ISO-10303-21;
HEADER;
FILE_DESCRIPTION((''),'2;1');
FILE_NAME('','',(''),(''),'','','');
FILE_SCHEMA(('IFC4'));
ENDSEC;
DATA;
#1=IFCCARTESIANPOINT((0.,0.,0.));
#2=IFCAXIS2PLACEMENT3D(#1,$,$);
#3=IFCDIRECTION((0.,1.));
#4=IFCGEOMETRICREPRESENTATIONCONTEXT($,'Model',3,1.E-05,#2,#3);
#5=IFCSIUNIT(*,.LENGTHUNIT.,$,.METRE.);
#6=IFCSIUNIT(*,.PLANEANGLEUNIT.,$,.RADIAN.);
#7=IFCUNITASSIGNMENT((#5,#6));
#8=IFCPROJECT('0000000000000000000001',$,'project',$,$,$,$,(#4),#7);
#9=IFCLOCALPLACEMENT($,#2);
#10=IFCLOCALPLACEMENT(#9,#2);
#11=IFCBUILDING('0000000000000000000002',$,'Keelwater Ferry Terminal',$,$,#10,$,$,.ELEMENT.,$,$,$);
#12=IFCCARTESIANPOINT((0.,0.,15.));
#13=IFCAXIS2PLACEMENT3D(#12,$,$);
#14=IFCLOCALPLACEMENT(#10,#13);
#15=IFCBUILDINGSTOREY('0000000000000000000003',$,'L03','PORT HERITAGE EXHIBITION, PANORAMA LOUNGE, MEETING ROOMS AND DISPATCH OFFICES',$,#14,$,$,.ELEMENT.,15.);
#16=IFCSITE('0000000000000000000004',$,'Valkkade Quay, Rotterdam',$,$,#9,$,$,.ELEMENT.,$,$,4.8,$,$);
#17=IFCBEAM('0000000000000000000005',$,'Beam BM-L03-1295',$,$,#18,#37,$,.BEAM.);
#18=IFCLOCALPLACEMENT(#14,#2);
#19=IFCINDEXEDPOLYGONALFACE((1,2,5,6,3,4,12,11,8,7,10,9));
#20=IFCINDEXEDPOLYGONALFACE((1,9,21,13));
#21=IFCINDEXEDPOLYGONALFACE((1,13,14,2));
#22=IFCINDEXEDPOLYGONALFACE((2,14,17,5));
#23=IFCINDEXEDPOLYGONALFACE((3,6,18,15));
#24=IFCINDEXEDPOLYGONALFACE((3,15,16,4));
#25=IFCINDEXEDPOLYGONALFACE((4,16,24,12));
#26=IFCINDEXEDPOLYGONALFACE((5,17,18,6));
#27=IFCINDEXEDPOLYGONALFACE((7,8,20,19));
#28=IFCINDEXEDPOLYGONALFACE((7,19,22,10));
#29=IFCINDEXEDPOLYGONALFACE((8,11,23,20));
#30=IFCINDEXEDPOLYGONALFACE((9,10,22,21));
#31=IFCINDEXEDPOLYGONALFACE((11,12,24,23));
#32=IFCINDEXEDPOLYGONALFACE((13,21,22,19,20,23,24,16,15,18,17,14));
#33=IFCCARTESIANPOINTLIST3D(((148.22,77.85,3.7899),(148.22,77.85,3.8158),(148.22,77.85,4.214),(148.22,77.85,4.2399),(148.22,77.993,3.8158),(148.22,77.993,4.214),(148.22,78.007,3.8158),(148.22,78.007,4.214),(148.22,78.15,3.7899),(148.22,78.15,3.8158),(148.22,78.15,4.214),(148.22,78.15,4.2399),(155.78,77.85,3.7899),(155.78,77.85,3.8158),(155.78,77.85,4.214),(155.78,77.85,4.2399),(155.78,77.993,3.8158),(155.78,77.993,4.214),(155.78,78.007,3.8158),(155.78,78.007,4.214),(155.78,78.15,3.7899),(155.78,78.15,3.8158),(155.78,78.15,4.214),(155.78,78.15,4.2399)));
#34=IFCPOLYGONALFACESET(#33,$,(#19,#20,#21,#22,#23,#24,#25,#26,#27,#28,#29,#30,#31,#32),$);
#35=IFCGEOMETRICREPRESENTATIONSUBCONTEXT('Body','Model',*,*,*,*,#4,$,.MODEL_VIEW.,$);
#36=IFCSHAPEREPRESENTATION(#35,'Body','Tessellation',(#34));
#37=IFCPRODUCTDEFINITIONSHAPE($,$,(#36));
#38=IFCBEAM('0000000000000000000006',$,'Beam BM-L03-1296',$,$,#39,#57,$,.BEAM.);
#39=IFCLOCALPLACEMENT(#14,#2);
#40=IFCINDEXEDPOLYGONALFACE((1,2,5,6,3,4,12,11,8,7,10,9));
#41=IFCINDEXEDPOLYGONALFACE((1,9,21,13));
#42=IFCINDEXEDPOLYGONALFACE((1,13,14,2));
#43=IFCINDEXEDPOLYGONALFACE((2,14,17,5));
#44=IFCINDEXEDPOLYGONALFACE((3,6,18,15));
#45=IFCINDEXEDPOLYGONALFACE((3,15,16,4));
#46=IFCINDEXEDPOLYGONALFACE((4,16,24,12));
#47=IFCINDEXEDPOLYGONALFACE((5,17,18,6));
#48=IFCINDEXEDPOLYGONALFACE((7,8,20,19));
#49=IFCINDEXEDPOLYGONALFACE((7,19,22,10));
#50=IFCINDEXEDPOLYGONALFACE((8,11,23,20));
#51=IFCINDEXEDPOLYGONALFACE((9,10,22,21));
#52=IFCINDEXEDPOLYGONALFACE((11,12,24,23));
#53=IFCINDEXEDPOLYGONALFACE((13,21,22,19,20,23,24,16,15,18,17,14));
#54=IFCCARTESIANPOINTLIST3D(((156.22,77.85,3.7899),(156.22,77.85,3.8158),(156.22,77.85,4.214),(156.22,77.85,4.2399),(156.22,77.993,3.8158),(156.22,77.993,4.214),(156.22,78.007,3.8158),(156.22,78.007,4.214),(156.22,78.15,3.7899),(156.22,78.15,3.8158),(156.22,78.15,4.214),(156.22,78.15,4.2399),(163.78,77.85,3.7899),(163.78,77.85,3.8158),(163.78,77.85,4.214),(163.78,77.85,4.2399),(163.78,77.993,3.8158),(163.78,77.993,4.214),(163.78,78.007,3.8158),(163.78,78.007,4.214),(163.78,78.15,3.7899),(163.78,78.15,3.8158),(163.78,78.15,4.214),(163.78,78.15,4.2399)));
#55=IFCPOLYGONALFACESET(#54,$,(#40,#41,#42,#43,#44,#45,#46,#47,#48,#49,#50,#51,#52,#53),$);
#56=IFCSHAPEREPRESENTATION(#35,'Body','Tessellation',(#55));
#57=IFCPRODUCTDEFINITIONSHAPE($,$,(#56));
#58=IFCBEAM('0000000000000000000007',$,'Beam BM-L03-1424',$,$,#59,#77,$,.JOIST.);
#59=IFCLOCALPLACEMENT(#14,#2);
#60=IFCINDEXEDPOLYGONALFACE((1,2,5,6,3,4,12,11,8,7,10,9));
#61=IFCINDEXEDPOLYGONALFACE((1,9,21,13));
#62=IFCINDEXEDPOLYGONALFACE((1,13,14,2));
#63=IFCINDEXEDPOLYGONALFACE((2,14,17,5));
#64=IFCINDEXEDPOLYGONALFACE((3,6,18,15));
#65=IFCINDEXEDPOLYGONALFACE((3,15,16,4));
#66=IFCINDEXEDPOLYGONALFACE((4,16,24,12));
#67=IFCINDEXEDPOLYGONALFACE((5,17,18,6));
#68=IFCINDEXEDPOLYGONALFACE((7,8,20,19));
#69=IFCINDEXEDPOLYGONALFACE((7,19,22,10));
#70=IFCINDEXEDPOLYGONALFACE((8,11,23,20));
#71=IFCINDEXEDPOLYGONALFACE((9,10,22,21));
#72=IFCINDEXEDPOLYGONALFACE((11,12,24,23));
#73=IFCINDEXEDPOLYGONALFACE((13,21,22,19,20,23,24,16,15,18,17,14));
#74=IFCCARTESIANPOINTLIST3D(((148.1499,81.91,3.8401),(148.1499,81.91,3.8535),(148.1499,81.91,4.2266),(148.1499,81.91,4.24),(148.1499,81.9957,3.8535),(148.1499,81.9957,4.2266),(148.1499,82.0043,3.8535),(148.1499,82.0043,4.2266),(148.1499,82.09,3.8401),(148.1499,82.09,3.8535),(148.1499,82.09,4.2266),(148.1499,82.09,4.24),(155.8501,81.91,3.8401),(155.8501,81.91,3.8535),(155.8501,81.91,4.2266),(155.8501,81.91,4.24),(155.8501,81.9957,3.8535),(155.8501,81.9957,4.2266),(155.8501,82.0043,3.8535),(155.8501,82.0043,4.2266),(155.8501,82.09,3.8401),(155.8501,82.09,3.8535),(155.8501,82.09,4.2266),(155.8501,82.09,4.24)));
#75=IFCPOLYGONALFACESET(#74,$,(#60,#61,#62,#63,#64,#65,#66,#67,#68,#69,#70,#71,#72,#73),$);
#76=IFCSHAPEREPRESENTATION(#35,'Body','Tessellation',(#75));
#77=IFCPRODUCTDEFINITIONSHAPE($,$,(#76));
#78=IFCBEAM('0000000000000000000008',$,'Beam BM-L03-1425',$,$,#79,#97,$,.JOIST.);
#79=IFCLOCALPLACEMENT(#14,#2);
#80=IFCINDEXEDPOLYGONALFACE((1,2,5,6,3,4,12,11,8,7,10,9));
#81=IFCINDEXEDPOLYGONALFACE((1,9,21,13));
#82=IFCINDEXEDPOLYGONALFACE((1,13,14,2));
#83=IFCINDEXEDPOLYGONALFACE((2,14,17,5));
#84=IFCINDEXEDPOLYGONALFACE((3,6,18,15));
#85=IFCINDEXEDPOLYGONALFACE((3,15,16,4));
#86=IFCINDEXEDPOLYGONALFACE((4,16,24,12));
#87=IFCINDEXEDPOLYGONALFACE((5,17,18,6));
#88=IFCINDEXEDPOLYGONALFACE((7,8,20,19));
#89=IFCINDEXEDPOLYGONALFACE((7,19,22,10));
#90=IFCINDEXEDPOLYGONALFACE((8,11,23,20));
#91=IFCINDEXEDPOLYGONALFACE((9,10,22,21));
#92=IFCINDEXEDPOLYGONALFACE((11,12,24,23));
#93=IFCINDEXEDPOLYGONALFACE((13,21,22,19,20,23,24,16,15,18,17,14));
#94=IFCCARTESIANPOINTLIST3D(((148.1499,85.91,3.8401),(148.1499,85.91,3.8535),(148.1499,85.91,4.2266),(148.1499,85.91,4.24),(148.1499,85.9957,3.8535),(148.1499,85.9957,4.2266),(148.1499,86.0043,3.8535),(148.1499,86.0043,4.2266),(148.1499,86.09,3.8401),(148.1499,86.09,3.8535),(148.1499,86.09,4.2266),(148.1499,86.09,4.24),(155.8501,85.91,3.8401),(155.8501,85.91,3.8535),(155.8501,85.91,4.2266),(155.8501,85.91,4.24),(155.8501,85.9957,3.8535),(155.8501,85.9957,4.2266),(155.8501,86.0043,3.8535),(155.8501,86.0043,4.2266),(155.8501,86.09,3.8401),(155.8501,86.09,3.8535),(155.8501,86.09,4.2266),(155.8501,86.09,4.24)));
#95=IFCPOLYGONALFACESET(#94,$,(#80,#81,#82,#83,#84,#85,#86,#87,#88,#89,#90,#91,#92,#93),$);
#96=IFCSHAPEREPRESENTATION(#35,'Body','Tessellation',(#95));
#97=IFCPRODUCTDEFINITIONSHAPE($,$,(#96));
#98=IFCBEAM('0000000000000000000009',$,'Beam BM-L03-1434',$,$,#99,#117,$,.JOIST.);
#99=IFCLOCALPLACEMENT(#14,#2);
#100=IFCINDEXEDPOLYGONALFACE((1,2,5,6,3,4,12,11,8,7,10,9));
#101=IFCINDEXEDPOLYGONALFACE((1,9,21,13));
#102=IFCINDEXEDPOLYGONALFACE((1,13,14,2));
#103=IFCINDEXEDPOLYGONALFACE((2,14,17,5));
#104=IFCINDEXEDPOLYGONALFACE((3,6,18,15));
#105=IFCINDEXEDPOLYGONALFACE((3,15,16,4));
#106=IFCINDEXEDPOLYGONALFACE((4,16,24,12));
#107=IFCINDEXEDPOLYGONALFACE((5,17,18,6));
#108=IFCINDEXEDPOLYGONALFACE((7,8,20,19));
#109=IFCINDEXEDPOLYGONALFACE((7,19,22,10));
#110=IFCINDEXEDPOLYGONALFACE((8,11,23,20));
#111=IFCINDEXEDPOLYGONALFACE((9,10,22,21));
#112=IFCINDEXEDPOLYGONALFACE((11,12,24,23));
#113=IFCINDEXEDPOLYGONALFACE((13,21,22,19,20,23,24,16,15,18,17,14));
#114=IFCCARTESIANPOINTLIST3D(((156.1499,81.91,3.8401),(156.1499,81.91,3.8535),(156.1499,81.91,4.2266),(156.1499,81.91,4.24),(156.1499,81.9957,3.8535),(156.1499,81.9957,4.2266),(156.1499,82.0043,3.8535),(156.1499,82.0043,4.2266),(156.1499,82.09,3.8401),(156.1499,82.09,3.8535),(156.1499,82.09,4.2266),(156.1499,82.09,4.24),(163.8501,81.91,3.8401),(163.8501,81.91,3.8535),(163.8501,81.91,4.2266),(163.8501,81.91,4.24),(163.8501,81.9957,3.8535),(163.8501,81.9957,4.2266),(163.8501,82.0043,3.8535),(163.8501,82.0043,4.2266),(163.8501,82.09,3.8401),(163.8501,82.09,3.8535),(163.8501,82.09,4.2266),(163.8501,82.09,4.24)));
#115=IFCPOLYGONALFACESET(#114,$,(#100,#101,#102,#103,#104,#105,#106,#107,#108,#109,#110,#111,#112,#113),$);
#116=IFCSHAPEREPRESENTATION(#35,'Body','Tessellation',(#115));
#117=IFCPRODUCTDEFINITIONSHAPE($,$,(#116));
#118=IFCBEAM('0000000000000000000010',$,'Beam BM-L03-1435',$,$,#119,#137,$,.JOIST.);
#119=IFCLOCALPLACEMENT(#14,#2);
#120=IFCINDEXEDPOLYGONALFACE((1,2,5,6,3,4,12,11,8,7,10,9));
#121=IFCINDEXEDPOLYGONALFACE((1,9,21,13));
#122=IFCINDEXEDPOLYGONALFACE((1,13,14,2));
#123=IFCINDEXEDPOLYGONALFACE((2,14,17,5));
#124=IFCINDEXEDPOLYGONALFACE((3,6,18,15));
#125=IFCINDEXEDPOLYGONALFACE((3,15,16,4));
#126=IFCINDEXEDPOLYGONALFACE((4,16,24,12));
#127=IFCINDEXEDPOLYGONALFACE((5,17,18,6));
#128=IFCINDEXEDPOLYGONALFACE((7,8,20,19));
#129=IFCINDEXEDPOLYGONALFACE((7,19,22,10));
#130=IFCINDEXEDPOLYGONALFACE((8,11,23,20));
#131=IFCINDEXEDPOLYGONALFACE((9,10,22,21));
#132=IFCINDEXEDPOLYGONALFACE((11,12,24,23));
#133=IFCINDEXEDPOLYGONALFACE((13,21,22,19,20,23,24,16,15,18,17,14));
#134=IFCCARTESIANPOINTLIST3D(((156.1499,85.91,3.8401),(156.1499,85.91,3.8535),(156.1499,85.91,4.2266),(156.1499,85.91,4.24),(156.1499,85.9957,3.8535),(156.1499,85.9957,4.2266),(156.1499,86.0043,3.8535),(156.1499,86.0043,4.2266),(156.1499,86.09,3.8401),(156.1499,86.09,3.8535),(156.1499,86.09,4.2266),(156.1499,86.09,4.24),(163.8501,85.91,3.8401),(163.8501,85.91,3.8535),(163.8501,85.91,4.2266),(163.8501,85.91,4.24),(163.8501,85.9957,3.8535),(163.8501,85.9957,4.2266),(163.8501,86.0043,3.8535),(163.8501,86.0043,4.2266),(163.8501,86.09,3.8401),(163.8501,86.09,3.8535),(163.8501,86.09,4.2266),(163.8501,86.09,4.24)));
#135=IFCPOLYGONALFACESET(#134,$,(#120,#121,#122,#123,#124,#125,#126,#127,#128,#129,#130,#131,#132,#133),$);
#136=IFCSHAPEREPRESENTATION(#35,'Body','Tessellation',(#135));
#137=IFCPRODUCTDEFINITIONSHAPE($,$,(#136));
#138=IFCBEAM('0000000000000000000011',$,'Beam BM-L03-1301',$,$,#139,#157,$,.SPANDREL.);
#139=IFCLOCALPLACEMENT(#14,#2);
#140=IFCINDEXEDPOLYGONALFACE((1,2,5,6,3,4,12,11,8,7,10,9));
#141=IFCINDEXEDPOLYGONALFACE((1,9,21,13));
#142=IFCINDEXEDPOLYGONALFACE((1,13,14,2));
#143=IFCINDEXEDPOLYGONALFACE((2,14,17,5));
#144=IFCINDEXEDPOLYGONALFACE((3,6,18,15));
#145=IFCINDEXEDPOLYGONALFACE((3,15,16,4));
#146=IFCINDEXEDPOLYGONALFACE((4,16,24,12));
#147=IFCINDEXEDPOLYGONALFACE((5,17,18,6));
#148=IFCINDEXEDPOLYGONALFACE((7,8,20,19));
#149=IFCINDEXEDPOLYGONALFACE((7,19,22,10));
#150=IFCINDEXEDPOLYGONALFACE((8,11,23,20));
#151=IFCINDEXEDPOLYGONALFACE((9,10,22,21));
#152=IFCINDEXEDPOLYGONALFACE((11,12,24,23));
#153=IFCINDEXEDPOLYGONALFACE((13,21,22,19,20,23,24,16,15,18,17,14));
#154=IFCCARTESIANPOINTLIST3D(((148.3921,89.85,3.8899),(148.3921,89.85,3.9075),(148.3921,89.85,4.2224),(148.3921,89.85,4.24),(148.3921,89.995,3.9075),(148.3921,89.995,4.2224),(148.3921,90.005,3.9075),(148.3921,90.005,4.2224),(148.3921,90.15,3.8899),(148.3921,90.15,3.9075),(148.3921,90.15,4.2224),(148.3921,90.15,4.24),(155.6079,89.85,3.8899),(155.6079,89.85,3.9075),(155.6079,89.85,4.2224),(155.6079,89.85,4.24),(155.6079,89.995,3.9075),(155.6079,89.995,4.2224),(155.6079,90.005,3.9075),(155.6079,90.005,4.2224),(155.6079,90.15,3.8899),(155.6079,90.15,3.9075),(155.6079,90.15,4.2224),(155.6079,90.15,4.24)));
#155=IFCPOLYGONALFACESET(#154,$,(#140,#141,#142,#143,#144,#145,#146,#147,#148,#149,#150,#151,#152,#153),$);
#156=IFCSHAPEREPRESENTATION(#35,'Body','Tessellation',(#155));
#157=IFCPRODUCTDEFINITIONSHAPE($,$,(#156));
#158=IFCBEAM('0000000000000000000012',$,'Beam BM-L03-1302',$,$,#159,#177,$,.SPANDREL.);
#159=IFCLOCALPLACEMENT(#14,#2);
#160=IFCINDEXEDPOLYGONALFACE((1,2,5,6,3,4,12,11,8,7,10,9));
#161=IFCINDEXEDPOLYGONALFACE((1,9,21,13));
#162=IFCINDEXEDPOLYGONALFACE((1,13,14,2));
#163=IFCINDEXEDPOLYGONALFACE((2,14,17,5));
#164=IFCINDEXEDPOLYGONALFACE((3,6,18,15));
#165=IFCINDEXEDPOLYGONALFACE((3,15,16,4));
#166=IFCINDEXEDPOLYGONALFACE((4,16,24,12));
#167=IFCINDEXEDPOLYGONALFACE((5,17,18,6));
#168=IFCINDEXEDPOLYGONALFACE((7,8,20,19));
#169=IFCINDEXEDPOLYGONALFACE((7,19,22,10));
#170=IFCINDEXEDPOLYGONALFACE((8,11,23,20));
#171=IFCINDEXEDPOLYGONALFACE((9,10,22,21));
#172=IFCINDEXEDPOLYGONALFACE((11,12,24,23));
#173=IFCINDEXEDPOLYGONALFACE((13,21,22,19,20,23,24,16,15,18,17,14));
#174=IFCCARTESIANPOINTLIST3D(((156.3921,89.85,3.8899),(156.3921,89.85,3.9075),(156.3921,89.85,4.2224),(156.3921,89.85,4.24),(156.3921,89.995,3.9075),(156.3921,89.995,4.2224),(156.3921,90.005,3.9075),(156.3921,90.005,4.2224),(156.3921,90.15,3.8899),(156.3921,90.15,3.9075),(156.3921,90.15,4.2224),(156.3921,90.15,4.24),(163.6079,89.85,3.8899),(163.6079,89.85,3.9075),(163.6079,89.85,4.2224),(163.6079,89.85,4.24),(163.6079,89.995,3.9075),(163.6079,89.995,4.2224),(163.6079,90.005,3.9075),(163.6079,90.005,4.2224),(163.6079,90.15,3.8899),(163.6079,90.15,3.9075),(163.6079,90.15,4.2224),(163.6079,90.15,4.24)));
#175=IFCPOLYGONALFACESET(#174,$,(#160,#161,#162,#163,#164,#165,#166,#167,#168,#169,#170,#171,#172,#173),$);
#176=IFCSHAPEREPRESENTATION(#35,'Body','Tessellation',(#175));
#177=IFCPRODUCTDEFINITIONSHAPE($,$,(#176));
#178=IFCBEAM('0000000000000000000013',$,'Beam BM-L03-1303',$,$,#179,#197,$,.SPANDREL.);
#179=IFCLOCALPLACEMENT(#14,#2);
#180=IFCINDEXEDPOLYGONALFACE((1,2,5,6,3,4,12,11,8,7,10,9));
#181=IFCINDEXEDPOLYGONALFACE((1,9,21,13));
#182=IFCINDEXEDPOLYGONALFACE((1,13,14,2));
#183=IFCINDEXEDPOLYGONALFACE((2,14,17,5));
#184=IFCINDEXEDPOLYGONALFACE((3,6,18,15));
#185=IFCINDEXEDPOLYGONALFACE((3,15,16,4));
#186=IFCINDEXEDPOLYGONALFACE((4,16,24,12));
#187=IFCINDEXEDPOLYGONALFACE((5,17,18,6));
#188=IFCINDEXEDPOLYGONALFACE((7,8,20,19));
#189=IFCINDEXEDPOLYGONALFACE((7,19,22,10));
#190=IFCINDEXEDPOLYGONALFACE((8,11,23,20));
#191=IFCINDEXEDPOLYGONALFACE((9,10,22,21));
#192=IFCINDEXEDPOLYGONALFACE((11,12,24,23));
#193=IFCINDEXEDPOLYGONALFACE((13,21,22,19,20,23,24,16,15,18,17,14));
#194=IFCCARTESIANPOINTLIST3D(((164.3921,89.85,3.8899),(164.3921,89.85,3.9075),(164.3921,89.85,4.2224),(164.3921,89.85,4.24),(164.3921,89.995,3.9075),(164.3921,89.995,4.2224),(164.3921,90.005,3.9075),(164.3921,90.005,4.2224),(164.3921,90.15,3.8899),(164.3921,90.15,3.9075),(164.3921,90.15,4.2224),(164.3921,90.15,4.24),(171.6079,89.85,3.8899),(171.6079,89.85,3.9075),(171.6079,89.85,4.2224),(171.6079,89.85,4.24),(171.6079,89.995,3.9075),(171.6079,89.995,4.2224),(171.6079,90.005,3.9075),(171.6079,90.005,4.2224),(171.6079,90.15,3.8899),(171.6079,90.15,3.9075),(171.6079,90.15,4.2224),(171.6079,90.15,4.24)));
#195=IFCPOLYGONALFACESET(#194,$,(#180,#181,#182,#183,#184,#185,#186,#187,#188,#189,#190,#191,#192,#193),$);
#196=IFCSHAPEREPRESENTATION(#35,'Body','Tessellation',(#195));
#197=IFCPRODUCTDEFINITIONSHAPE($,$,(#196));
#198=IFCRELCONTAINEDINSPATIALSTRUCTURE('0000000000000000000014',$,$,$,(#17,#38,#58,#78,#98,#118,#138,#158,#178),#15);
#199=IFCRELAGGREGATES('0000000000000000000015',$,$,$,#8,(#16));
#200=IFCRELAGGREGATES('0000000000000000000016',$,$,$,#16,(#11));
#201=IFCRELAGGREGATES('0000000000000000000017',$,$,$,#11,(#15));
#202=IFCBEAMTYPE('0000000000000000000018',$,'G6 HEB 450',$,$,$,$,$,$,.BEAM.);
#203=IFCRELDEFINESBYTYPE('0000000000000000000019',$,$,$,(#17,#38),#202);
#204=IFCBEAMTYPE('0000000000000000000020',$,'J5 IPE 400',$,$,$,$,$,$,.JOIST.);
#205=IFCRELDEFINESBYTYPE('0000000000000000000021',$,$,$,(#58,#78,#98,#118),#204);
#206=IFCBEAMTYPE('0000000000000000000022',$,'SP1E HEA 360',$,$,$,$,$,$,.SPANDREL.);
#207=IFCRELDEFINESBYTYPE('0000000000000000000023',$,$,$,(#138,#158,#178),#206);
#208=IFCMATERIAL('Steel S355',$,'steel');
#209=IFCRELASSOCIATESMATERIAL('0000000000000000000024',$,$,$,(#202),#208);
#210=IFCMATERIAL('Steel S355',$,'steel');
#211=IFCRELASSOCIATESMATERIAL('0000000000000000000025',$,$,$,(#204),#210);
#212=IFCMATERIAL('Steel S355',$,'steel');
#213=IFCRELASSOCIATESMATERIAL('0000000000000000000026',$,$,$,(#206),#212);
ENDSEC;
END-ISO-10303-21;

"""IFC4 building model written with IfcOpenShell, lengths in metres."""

from ifc_helpers import new_model, si_unit, direction, frame, origin, origin_2d, place, context, subcontext, project, spatial, i_section, extrude, material, material_profile, profile_set, type_object, element, save


model = new_model("IFC4")

# Units and contexts
model_context = context("Model", 3, precision=1e-05, world=origin(), true_north=direction((0.0, 1.0)))
body_context = subcontext(model_context, "Body", "Model", "MODEL_VIEW")
ifc_project = project(units=[si_unit("LENGTHUNIT", "METRE"), si_unit("PLANEANGLEUNIT", "RADIAN")], contexts=[model_context])

# Site, building, storey
site_placement = place(None, origin())
site = spatial("IfcSite", under=ifc_project, at=site_placement, Name="Valkkade Quay, Rotterdam", CompositionType="ELEMENT", RefElevation=4.8)
building_placement = place(site_placement, origin())
building = spatial("IfcBuilding", under=site, at=building_placement, Name="Keelwater Ferry Terminal", CompositionType="ELEMENT")
storey_placement = place(building_placement, frame((0.0, 0.0, 15.0)))
storey = spatial("IfcBuildingStorey", under=building, at=storey_placement, Name="L03", Description="PORT HERITAGE EXHIBITION, PANORAMA LOUNGE, MEETING ROOMS AND DISPATCH OFFICES", CompositionType="ELEMENT", Elevation=15.0)

# Beams
ifc_material_1 = material(Name="Steel S355", Category="steel")
ifc_material_profile_1 = material_profile(ifc_material_1, i_section(OverallWidth=0.3, OverallDepth=0.45, WebThickness=0.0139, FlangeThickness=0.0259, at=origin_2d()), Name="HEB 450")
ifc_profile_set_1 = profile_set([ifc_material_profile_1], Name="Steel S355")
beam_type_1 = type_object("IfcBeamType", Name="G6 HEB 450", PredefinedType="BEAM", material=ifc_profile_set_1)
for number, where, z_axis, x_axis, name in (
    (1, (148.22, 78.0, 4.0149), (1.0, 0.0, 0.0), (0.0, 1.0, 0.0), "Beam BM-L03-1295"),
    (2, (156.22, 78.0, 4.0149), (1.0, 0.0, 0.0), (0.0, 1.0, 0.0), "Beam BM-L03-1296"),
):
    element("IfcBeam", number, at=place(storey_placement, frame(where, z_axis=z_axis, x_axis=x_axis)), inside=storey, type_object=beam_type_1, Name=name, PredefinedType="BEAM", context=body_context, shape_type="SweptSolid", body=[
        extrude(i_section(OverallWidth=0.3, OverallDepth=0.45, WebThickness=0.0139, FlangeThickness=0.0259, at=origin_2d()), origin(), (0.0, 0.0, 1.0), 7.5601),
    ])
ifc_material_2 = material(Name="Steel S355", Category="steel")
ifc_material_profile_2 = material_profile(ifc_material_2, i_section(OverallWidth=0.1799, OverallDepth=0.3999, WebThickness=0.0085, FlangeThickness=0.0134, at=origin_2d()), Name="IPE 400")
ifc_profile_set_2 = profile_set([ifc_material_profile_2], Name="Steel S355")
beam_type_2 = type_object("IfcBeamType", Name="J5 IPE 400", PredefinedType="JOIST", material=ifc_profile_set_2)
for number, where, z_axis, x_axis, name in (
    (3, (148.1499, 82.0, 4.04), (1.0, 0.0, 0.0), (0.0, 1.0, 0.0), "Beam BM-L03-1424"),
    (4, (148.1499, 86.0, 4.04), (1.0, 0.0, 0.0), (0.0, 1.0, 0.0), "Beam BM-L03-1425"),
    (5, (156.1499, 82.0, 4.04), (1.0, 0.0, 0.0), (0.0, 1.0, 0.0), "Beam BM-L03-1434"),
    (6, (156.1499, 86.0, 4.04), (1.0, 0.0, 0.0), (0.0, 1.0, 0.0), "Beam BM-L03-1435"),
):
    element("IfcBeam", number, at=place(storey_placement, frame(where, z_axis=z_axis, x_axis=x_axis)), inside=storey, type_object=beam_type_2, Name=name, PredefinedType="JOIST", context=body_context, shape_type="SweptSolid", body=[
        extrude(i_section(OverallWidth=0.1799, OverallDepth=0.3999, WebThickness=0.0085, FlangeThickness=0.0134, at=origin_2d()), origin(), (0.0, 0.0, 1.0), 7.7002),
    ])
ifc_material_3 = material(Name="Steel S355", Category="steel")
ifc_material_profile_3 = material_profile(ifc_material_3, i_section(OverallWidth=0.3, OverallDepth=0.3501, WebThickness=0.01, FlangeThickness=0.0176, at=origin_2d()), Name="HEA 360")
ifc_profile_set_3 = profile_set([ifc_material_profile_3], Name="Steel S355")
beam_type_3 = type_object("IfcBeamType", Name="SP1E HEA 360", PredefinedType="SPANDREL", material=ifc_profile_set_3)
for number, where, z_axis, x_axis, name in (
    (7, (148.3921, 90.0, 4.0649), (1.0, 0.0, 0.0), (0.0, 1.0, 0.0), "Beam BM-L03-1301"),
    (8, (156.3921, 90.0, 4.0649), (1.0, 0.0, 0.0), (0.0, 1.0, 0.0), "Beam BM-L03-1302"),
    (9, (164.3921, 90.0, 4.0649), (1.0, 0.0, 0.0), (0.0, 1.0, 0.0), "Beam BM-L03-1303"),
):
    element("IfcBeam", number, at=place(storey_placement, frame(where, z_axis=z_axis, x_axis=x_axis)), inside=storey, type_object=beam_type_3, Name=name, PredefinedType="SPANDREL", context=body_context, shape_type="SweptSolid", body=[
        extrude(i_section(OverallWidth=0.3, OverallDepth=0.3501, WebThickness=0.01, FlangeThickness=0.0176, at=origin_2d()), origin(), (0.0, 0.0, 1.0), 7.2158),
    ])

save(model, "model.ifc")
